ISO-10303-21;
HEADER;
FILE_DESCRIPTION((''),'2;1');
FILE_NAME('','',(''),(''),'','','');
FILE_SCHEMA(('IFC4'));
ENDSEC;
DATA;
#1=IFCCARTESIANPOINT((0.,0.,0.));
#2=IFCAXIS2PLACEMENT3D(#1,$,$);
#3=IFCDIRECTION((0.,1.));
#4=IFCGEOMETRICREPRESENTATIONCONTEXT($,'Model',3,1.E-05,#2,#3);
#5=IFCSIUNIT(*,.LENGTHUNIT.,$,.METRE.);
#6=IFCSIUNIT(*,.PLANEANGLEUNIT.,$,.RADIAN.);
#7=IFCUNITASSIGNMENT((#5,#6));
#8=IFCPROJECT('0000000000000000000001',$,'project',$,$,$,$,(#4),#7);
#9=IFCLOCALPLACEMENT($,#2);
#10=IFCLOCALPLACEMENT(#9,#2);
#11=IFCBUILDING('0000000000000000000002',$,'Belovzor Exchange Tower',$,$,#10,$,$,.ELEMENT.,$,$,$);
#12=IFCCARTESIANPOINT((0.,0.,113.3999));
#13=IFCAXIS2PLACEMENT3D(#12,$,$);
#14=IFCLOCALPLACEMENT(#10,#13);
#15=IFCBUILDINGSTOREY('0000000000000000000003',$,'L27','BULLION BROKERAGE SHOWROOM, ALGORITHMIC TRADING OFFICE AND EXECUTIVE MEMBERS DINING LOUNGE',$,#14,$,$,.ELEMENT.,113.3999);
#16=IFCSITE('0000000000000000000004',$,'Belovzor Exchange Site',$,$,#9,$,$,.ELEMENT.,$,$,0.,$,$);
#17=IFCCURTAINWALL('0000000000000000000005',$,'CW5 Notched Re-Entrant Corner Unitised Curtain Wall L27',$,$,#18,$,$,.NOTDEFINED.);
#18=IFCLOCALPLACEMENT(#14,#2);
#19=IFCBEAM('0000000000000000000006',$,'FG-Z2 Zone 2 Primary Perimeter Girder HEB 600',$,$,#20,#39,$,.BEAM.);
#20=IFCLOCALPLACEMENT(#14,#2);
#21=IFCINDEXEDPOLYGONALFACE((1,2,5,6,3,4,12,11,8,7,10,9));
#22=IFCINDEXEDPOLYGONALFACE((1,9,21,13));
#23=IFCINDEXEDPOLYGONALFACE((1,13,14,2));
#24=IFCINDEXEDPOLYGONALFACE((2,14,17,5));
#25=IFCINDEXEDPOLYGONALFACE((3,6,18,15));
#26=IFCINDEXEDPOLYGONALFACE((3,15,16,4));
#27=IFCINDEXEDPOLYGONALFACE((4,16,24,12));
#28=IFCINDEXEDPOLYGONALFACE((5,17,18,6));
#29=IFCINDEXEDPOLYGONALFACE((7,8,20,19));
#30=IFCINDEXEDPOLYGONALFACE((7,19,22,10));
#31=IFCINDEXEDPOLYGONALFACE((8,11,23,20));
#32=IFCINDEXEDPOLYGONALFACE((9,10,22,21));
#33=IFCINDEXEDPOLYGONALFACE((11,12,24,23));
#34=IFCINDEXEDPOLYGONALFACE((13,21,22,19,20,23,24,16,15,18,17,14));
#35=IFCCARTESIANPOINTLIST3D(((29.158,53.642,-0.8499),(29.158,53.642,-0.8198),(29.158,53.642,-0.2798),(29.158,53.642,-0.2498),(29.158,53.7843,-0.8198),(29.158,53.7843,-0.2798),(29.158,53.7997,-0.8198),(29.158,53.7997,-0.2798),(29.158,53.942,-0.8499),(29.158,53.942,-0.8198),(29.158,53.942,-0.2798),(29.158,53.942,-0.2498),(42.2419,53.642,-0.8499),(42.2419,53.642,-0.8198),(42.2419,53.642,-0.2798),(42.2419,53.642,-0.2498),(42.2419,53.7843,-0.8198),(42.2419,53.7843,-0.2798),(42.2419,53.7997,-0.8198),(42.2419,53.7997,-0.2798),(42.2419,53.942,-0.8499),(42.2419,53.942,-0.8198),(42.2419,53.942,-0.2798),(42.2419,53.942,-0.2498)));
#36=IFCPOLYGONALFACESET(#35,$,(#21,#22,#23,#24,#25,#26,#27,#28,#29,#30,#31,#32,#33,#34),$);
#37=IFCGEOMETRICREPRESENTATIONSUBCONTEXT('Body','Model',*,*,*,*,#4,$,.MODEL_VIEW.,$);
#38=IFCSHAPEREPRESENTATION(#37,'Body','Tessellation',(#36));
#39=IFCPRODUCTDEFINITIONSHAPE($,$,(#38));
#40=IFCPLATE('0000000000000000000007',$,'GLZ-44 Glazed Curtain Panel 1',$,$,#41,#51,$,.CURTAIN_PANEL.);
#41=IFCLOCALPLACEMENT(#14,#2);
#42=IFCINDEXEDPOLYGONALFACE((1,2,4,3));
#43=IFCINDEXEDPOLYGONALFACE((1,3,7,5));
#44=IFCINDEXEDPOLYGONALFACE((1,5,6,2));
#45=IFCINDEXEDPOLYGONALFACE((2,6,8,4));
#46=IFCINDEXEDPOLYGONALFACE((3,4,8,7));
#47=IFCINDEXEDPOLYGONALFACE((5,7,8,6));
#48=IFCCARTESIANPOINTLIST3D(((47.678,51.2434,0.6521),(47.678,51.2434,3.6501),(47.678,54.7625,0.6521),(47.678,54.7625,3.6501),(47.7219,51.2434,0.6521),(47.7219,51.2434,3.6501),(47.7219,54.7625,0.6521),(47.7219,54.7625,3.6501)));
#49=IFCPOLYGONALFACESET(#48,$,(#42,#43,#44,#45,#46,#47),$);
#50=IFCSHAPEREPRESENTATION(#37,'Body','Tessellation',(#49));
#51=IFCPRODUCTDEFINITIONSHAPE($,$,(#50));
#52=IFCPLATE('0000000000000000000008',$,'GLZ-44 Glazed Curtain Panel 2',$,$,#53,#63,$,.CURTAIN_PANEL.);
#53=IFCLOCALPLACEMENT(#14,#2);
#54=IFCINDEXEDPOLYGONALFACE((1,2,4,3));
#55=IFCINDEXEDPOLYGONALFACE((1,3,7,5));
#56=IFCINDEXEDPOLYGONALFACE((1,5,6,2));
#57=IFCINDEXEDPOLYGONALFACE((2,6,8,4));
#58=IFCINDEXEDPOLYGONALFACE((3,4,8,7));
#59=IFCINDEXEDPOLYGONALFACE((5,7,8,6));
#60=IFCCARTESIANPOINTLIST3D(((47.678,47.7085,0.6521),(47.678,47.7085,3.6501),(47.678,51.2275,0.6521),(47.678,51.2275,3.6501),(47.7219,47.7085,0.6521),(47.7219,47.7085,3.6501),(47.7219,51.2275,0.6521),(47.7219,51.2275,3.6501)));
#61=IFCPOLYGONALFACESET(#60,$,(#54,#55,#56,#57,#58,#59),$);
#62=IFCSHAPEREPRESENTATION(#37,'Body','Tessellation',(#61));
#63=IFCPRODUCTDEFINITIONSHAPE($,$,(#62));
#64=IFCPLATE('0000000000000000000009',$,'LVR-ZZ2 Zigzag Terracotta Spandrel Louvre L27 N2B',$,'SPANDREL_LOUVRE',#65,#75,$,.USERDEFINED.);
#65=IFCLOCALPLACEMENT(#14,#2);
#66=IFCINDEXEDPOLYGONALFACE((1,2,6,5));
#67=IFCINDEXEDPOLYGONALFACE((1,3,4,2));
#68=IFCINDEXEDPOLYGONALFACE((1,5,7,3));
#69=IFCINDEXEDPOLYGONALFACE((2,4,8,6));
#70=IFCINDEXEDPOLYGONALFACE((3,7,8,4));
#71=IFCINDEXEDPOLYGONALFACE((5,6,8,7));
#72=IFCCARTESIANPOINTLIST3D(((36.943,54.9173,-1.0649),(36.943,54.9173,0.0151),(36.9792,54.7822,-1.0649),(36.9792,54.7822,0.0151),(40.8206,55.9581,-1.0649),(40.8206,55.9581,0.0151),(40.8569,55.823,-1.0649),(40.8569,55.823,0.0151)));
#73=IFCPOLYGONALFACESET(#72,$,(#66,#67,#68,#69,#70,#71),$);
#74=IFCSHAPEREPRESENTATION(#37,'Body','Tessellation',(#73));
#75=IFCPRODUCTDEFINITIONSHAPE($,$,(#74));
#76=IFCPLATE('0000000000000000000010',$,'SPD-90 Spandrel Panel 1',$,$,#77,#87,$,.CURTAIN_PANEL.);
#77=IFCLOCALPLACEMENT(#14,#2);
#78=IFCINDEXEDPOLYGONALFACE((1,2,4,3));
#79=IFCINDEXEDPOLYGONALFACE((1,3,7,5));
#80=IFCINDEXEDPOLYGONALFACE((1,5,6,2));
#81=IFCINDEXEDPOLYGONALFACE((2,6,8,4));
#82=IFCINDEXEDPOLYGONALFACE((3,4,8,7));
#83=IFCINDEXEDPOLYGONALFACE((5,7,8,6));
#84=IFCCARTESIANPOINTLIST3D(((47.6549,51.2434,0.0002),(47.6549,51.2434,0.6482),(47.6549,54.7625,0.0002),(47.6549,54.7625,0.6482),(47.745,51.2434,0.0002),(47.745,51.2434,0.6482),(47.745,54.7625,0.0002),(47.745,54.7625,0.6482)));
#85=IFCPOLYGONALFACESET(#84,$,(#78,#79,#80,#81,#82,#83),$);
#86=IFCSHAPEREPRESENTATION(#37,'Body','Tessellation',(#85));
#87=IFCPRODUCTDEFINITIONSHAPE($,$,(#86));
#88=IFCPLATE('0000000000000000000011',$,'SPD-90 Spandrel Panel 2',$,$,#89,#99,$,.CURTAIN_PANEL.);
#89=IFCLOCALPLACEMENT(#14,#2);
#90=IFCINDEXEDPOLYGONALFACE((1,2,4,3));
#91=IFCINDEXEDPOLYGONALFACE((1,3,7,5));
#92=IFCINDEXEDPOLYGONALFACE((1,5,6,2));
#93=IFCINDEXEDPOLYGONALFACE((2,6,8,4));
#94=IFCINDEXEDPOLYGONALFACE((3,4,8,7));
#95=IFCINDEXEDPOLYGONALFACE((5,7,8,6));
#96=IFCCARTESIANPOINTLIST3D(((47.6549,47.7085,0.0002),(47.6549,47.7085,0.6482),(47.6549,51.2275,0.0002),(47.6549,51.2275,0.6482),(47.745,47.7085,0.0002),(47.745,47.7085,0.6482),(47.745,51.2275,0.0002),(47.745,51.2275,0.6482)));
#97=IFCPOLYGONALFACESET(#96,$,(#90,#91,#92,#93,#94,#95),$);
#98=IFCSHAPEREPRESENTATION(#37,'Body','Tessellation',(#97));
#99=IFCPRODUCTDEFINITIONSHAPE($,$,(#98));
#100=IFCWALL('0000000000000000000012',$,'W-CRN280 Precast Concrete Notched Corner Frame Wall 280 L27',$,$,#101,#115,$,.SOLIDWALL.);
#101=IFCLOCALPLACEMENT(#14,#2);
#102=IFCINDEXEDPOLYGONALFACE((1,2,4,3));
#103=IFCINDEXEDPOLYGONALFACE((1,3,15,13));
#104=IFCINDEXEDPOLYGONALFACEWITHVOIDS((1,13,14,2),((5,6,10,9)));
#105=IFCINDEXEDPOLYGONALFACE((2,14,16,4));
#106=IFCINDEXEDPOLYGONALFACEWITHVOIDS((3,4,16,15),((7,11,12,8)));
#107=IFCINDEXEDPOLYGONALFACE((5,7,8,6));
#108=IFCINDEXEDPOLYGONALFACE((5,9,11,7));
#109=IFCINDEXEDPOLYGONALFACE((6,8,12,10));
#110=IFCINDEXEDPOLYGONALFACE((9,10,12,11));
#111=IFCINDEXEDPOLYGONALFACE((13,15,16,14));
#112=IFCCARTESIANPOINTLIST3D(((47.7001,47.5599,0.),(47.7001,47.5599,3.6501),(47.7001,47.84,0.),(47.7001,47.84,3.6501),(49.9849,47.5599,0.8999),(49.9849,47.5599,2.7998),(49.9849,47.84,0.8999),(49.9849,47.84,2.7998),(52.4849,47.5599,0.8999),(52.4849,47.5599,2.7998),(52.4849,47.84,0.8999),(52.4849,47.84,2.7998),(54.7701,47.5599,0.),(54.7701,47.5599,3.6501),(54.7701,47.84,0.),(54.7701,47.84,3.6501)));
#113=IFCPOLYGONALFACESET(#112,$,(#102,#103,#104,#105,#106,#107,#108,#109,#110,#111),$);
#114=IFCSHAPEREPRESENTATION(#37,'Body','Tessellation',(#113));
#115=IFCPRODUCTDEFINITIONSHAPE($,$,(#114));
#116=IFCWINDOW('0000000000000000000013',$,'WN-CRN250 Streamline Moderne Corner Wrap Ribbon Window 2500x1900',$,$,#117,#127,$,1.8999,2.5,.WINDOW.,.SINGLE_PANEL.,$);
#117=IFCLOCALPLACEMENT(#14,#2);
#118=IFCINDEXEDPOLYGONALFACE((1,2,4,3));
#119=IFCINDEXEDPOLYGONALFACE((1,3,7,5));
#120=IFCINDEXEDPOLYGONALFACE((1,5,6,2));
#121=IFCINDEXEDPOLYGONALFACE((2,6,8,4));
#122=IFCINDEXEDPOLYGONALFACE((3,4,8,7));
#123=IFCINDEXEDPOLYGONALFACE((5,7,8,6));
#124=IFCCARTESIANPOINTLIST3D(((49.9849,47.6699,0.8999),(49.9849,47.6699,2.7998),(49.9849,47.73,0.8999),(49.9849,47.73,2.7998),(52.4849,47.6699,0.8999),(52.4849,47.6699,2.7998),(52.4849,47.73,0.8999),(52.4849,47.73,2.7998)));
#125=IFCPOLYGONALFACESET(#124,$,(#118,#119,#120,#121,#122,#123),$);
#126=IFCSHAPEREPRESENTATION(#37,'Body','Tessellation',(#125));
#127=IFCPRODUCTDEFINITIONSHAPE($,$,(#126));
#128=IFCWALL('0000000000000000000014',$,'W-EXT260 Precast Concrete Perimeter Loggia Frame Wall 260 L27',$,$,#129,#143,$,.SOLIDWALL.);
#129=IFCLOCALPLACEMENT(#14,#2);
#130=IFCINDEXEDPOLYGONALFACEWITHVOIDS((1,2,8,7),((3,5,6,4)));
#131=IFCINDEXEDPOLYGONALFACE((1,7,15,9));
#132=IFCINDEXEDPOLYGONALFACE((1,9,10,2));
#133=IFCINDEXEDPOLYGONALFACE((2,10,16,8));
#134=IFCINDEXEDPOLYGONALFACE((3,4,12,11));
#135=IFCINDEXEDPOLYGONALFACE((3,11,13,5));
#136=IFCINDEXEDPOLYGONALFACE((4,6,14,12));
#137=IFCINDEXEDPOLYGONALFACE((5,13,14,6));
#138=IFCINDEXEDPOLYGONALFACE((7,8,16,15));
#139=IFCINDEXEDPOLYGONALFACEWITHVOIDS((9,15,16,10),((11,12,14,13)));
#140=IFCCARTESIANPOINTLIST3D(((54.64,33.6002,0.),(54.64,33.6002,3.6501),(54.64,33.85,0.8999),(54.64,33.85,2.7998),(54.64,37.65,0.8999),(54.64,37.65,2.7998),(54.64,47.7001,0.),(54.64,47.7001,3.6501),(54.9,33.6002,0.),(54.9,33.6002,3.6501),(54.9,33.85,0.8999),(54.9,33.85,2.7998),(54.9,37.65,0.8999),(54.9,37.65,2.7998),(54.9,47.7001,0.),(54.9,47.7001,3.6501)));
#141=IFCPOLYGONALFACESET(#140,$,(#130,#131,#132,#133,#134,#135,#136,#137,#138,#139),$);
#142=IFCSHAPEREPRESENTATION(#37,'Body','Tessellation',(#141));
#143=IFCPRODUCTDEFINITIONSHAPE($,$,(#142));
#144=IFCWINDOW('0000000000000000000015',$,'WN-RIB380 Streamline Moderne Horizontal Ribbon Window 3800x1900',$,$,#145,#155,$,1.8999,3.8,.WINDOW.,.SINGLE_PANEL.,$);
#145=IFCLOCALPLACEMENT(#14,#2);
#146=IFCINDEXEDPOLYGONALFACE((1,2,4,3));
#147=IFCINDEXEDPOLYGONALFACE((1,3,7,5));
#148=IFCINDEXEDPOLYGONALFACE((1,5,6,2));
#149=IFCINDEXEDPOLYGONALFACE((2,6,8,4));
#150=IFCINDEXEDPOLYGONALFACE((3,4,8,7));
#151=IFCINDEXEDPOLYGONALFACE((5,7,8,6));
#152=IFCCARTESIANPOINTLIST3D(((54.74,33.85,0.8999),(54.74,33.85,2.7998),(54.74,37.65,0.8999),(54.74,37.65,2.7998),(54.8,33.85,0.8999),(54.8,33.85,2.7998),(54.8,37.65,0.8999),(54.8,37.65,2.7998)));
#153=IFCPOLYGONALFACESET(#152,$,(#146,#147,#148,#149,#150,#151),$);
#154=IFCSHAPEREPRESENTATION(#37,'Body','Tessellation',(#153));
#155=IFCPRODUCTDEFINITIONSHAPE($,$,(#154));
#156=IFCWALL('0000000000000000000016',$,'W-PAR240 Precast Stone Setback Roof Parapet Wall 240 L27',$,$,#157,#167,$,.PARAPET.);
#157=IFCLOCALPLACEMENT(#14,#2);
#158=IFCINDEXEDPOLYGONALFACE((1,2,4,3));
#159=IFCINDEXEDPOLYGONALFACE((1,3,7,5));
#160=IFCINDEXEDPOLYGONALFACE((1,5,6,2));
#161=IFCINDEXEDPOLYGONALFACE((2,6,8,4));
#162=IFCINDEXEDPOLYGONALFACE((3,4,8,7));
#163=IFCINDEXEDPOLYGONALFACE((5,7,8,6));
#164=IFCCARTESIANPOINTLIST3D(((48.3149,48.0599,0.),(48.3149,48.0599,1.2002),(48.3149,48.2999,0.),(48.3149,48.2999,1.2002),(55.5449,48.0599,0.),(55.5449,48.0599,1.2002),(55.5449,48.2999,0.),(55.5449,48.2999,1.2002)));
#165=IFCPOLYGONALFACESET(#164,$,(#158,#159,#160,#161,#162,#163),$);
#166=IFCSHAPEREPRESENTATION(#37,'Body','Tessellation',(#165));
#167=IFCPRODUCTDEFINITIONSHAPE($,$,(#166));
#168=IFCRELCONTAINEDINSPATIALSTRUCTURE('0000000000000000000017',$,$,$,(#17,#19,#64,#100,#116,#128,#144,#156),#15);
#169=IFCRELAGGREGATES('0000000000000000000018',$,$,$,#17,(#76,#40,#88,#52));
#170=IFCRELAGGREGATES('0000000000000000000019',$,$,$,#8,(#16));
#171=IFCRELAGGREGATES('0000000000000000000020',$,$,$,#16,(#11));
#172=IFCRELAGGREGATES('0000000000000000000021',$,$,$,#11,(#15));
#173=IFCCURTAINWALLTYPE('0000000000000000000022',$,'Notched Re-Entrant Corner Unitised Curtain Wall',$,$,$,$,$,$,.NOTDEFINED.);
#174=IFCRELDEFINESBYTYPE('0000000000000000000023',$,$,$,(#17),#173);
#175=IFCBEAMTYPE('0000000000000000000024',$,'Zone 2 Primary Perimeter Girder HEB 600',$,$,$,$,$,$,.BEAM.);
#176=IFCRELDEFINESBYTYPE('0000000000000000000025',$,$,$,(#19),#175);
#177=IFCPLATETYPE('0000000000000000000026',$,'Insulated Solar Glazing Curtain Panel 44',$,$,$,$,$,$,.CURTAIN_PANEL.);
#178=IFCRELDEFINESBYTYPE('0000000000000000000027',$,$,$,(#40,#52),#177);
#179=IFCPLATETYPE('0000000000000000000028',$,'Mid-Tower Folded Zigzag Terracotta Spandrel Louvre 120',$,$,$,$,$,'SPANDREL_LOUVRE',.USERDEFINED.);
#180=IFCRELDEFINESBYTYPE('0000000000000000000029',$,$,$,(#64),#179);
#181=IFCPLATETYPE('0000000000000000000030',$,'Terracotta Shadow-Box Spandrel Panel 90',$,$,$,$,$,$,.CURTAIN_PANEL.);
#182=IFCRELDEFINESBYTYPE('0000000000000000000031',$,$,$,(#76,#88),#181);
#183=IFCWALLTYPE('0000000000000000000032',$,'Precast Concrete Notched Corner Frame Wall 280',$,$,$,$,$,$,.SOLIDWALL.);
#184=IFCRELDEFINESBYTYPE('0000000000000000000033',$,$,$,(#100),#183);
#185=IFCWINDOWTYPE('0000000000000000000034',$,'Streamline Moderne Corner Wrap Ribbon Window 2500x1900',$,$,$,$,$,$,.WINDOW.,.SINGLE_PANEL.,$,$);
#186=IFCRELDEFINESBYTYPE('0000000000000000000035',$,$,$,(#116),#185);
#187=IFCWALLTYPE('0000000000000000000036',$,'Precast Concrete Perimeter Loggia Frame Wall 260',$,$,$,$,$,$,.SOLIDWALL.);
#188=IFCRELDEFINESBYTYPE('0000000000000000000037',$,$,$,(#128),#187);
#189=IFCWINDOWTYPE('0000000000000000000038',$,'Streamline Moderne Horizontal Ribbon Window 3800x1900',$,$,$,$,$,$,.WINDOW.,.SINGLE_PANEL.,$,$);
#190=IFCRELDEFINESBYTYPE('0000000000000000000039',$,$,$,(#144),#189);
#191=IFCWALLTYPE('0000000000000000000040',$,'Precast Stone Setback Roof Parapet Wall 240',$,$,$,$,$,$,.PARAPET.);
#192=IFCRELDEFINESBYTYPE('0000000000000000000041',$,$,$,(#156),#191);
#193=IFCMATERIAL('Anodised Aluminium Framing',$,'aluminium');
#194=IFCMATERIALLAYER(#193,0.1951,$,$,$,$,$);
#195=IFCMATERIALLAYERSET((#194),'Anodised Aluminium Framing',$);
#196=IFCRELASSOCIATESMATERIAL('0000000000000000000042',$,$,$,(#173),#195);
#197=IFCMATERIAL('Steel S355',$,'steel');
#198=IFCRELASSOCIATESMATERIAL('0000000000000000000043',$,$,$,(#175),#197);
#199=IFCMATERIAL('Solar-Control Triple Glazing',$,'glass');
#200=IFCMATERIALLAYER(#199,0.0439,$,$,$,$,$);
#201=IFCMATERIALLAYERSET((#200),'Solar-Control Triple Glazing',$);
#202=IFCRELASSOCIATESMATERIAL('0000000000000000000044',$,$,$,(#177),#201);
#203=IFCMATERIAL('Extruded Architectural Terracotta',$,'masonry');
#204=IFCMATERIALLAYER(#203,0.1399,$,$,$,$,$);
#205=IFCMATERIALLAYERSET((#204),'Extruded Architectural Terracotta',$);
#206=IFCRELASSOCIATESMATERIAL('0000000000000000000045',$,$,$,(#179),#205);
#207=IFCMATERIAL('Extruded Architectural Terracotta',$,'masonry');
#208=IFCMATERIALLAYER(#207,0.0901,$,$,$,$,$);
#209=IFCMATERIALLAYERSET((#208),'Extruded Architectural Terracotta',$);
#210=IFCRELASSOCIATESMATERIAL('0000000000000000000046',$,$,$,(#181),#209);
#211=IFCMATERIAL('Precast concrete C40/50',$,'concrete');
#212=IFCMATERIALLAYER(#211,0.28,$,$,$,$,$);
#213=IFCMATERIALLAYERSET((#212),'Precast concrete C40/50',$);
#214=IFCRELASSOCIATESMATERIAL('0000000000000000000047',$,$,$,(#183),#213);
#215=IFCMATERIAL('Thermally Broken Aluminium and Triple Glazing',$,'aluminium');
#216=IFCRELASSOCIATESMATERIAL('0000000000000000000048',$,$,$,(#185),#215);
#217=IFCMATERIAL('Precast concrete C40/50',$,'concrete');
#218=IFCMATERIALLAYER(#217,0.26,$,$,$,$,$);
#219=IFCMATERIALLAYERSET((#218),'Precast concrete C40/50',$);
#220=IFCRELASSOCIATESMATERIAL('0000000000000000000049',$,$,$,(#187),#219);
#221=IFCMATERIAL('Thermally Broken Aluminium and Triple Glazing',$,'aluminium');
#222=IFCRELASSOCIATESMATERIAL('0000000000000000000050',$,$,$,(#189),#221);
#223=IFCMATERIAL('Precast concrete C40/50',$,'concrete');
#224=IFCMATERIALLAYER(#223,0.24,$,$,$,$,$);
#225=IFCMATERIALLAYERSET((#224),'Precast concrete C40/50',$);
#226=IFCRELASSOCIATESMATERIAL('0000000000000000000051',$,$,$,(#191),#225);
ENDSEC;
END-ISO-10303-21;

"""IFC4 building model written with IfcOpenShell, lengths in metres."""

from ifc_helpers import new_model, si_unit, direction, frame, frame_2d, origin, origin_2d, place, context, subcontext, project, spatial, rectangle, i_section, extrude, material, layer, layer_set, material_profile, profile_set, type_object, element, fill, aggregate, save


model = new_model("IFC4")

# Units and contexts
model_context = context("Model", 3, precision=1e-05, world=origin(), true_north=direction((0.0, 1.0)))
body_context = subcontext(model_context, "Body", "Model", "MODEL_VIEW")
ifc_project = project(units=[si_unit("LENGTHUNIT", "METRE"), si_unit("PLANEANGLEUNIT", "RADIAN")], contexts=[model_context])

# Site, building, storey
site_placement = place(None, origin())
site = spatial("IfcSite", under=ifc_project, at=site_placement, Name="Belovzor Exchange Site", CompositionType="ELEMENT", RefElevation=0.0)
building_placement = place(site_placement, origin())
building = spatial("IfcBuilding", under=site, at=building_placement, Name="Belovzor Exchange Tower", CompositionType="ELEMENT")
storey_placement = place(building_placement, frame((0.0, 0.0, 113.3999)))
storey = spatial("IfcBuildingStorey", under=building, at=storey_placement, Name="L27", Description="BULLION BROKERAGE SHOWROOM, ALGORITHMIC TRADING OFFICE AND EXECUTIVE MEMBERS DINING LOUNGE", CompositionType="ELEMENT", Elevation=113.3999)

# Curtain wall
ifc_material_1 = material(Name="Anodised Aluminium Framing", Category="aluminium")
ifc_layer_1 = layer(ifc_material_1, 0.1951)
ifc_layer_set_1 = layer_set([ifc_layer_1], Name="Anodised Aluminium Framing")
curtain_wall_type = type_object("IfcCurtainWallType", Name="Notched Re-Entrant Corner Unitised Curtain Wall", PredefinedType="NOTDEFINED", material=ifc_layer_set_1)
curtain_wall_placement = place(storey_placement, origin())
curtain_wall = element("IfcCurtainWall", 1, at=curtain_wall_placement, inside=storey, type_object=curtain_wall_type, Name="CW5 Notched Re-Entrant Corner Unitised Curtain Wall L27", PredefinedType="NOTDEFINED")

# Beam
ifc_material_2 = material(Name="Steel S355", Category="steel")
ifc_material_profile_1 = material_profile(ifc_material_2, i_section(OverallWidth=0.3, OverallDepth=0.6001, WebThickness=0.0154, FlangeThickness=0.03, at=origin_2d()))
ifc_profile_set_1 = profile_set([ifc_material_profile_1], Name="Steel S355")
beam_type_1 = type_object("IfcBeamType", Name="Zone 2 Primary Perimeter Girder HEB 600", PredefinedType="BEAM", material=ifc_profile_set_1)
beam_1_placement = place(storey_placement, frame((42.2419, 53.792, -0.5498), z_axis=(-1.0, 0.0, 0.0), x_axis=(0.0, -1.0, 0.0)))
element("IfcBeam", 2, at=beam_1_placement, inside=storey, type_object=beam_type_1, Name="FG-Z2 Zone 2 Primary Perimeter Girder HEB 600", PredefinedType="BEAM", context=body_context, shape_type="SweptSolid", body=[
    extrude(i_section(OverallWidth=0.3, OverallDepth=0.6001, WebThickness=0.0154, FlangeThickness=0.03, at=origin_2d()), origin(), (0.0, 0.0, 1.0), 13.084),
])

# Plates
ifc_material_3 = material(Name="Solar-Control Triple Glazing", Category="glass")
ifc_layer_2 = layer(ifc_material_3, 0.0439)
ifc_layer_set_2 = layer_set([ifc_layer_2], Name="Solar-Control Triple Glazing")
plate_type_1 = type_object("IfcPlateType", Name="Insulated Solar Glazing Curtain Panel 44", PredefinedType="CURTAIN_PANEL", material=ifc_layer_set_2)
plate_1_placement = place(storey_placement, frame((47.7, 53.0029, 0.6521), z_axis=(0.0, 0.0, 1.0), x_axis=(0.0, -1.0, 0.0)))
plate_1 = element("IfcPlate", 3, at=plate_1_placement, type_object=plate_type_1, Name="GLZ-44 Glazed Curtain Panel 1", PredefinedType="CURTAIN_PANEL", context=body_context, shape_type="SweptSolid", body=[
    extrude(rectangle(XDim=3.519, YDim=0.0439, at=origin_2d()), origin(), (0.0, 0.0, 1.0), 2.998),
])
plate_2_placement = place(storey_placement, frame((47.7, 49.468, 0.6521), z_axis=(0.0, 0.0, 1.0), x_axis=(0.0, -1.0, 0.0)))
plate_2 = element("IfcPlate", 4, at=plate_2_placement, type_object=plate_type_1, Name="GLZ-44 Glazed Curtain Panel 2", PredefinedType="CURTAIN_PANEL", context=body_context, shape_type="SweptSolid", body=[
    extrude(rectangle(XDim=3.519, YDim=0.0439, at=origin_2d()), origin(), (0.0, 0.0, 1.0), 2.998),
])
ifc_material_4 = material(Name="Extruded Architectural Terracotta", Category="masonry")
ifc_layer_3 = layer(ifc_material_4, 0.1399)
ifc_layer_set_3 = layer_set([ifc_layer_3], Name="Extruded Architectural Terracotta")
plate_type_2 = type_object("IfcPlateType", Name="Mid-Tower Folded Zigzag Terracotta Spandrel Louvre 120", ElementType="SPANDREL_LOUVRE", PredefinedType="USERDEFINED", material=ifc_layer_set_3)
plate_3_placement = place(storey_placement, frame((38.8999, 55.3701, -1.0649), z_axis=(0.0, 0.0, 1.0), x_axis=(0.965813, 0.25924, 0.0)))
element("IfcPlate", 5, at=plate_3_placement, inside=storey, type_object=plate_type_2, Name="LVR-ZZ2 Zigzag Terracotta Spandrel Louvre L27 N2B", ObjectType="SPANDREL_LOUVRE", PredefinedType="USERDEFINED", context=body_context, shape_type="SweptSolid", body=[
    extrude(rectangle(XDim=4.0149, YDim=0.1399, at=origin_2d()), origin(), (0.0, 0.0, 1.0), 1.0801),
])
ifc_material_5 = material(Name="Extruded Architectural Terracotta", Category="masonry")
ifc_layer_4 = layer(ifc_material_5, 0.0901)
ifc_layer_set_4 = layer_set([ifc_layer_4], Name="Extruded Architectural Terracotta")
plate_type_3 = type_object("IfcPlateType", Name="Terracotta Shadow-Box Spandrel Panel 90", PredefinedType="CURTAIN_PANEL", material=ifc_layer_set_4)
plate_4_placement = place(storey_placement, frame((47.7, 53.0029, 0.0002), z_axis=(0.0, 0.0, 1.0), x_axis=(0.0, -1.0, 0.0)))
plate_4 = element("IfcPlate", 6, at=plate_4_placement, type_object=plate_type_3, Name="SPD-90 Spandrel Panel 1", PredefinedType="CURTAIN_PANEL", context=body_context, shape_type="SweptSolid", body=[
    extrude(rectangle(XDim=3.519, YDim=0.0901, at=origin_2d()), origin(), (0.0, 0.0, 1.0), 0.6479),
])
plate_5_placement = place(storey_placement, frame((47.7, 49.468, 0.0002), z_axis=(0.0, 0.0, 1.0), x_axis=(0.0, -1.0, 0.0)))
plate_5 = element("IfcPlate", 7, at=plate_5_placement, type_object=plate_type_3, Name="SPD-90 Spandrel Panel 2", PredefinedType="CURTAIN_PANEL", context=body_context, shape_type="SweptSolid", body=[
    extrude(rectangle(XDim=3.519, YDim=0.0901, at=origin_2d()), origin(), (0.0, 0.0, 1.0), 0.6479),
])
aggregate(curtain_wall, [plate_4, plate_1, plate_5, plate_2])

# Walls, openings, windows
ifc_material_6 = material(Name="Precast concrete C40/50", Category="concrete")
ifc_layer_5 = layer(ifc_material_6, 0.28)
ifc_layer_set_5 = layer_set([ifc_layer_5], Name="Precast concrete C40/50")
wall_type_1 = type_object("IfcWallType", Name="Precast Concrete Notched Corner Frame Wall 280", PredefinedType="SOLIDWALL", material=ifc_layer_set_5)
wall_1_placement = place(storey_placement, frame((47.7, 47.7, 0.0), z_axis=(0.0, 0.0, 1.0), x_axis=(1.0, 0.0, 0.0)))
wall_1 = element("IfcWall", 8, at=wall_1_placement, inside=storey, type_object=wall_type_1, Name="W-CRN280 Precast Concrete Notched Corner Frame Wall 280 L27", PredefinedType="SOLIDWALL", context=body_context, shape_type="SweptSolid", body=[
    extrude(rectangle(XDim=7.0701, YDim=0.28, at=frame_2d((3.5352, 0.0))), origin(), (0.0, 0.0, 1.0), 3.6501),
])
opening_1_placement = place(wall_1_placement, frame((2.2849, 0.0, 0.8999)))
opening_1 = element("IfcOpeningElement", 9, at=opening_1_placement, cuts=wall_1, PredefinedType="OPENING", context=body_context, shape_type="SweptSolid", body=[
    extrude(rectangle(XDim=2.5, YDim=1.8999, at=frame_2d((1.25, 0.95))), frame((0.0, 0.1499, 0.0), z_axis=(0.0, -1.0, 0.0), x_axis=(1.0, 0.0, 0.0)), (0.0, 0.0, 1.0), 0.3),
])
ifc_material_7 = material(Name="Thermally Broken Aluminium and Triple Glazing", Category="aluminium")
window_type_1 = type_object("IfcWindowType", Name="Streamline Moderne Corner Wrap Ribbon Window 2500x1900", PartitioningType="SINGLE_PANEL", PredefinedType="WINDOW", material=ifc_material_7)
window_1_placement = place(opening_1_placement, origin())
window_1 = element("IfcWindow", 10, at=window_1_placement, inside=storey, type_object=window_type_1, Name="WN-CRN250 Streamline Moderne Corner Wrap Ribbon Window 2500x1900", OverallHeight=1.8999, OverallWidth=2.5, PartitioningType="SINGLE_PANEL", PredefinedType="WINDOW", context=body_context, shape_type="SweptSolid", body=[
    extrude(rectangle(XDim=2.5, YDim=1.8999, at=frame_2d((1.25, 0.95))), frame((0.0, 0.03, 0.0), z_axis=(0.0, -1.0, 0.0), x_axis=(1.0, 0.0, 0.0)), (0.0, 0.0, 1.0), 0.0601),
])
fill(opening_1, window_1)
ifc_material_8 = material(Name="Precast concrete C40/50", Category="concrete")
ifc_layer_6 = layer(ifc_material_8, 0.26)
ifc_layer_set_6 = layer_set([ifc_layer_6], Name="Precast concrete C40/50")
wall_type_2 = type_object("IfcWallType", Name="Precast Concrete Perimeter Loggia Frame Wall 260", PredefinedType="SOLIDWALL", material=ifc_layer_set_6)
wall_2_placement = place(storey_placement, frame((54.77, 47.7, 0.0), z_axis=(0.0, 0.0, 1.0), x_axis=(0.0, -1.0, 0.0)))
wall_2 = element("IfcWall", 11, at=wall_2_placement, inside=storey, type_object=wall_type_2, Name="W-EXT260 Precast Concrete Perimeter Loggia Frame Wall 260 L27", PredefinedType="SOLIDWALL", context=body_context, shape_type="SweptSolid", body=[
    extrude(rectangle(XDim=14.0999, YDim=0.26, at=frame_2d((7.0498, 0.0))), origin(), (0.0, 0.0, 1.0), 3.6501),
])
opening_2_placement = place(wall_2_placement, frame((10.05, 0.0, 0.8999)))
opening_2 = element("IfcOpeningElement", 12, at=opening_2_placement, cuts=wall_2, PredefinedType="OPENING", context=body_context, shape_type="SweptSolid", body=[
    extrude(rectangle(XDim=3.8, YDim=1.8999, at=frame_2d((1.8999, 0.95))), frame((0.0, 0.1399, 0.0), z_axis=(0.0, -1.0, 0.0), x_axis=(1.0, 0.0, 0.0)), (0.0, 0.0, 1.0), 0.28),
])
ifc_material_9 = material(Name="Thermally Broken Aluminium and Triple Glazing", Category="aluminium")
window_type_2 = type_object("IfcWindowType", Name="Streamline Moderne Horizontal Ribbon Window 3800x1900", PartitioningType="SINGLE_PANEL", PredefinedType="WINDOW", material=ifc_material_9)
window_2_placement = place(opening_2_placement, origin())
window_2 = element("IfcWindow", 13, at=window_2_placement, inside=storey, type_object=window_type_2, Name="WN-RIB380 Streamline Moderne Horizontal Ribbon Window 3800x1900", OverallHeight=1.8999, OverallWidth=3.8, PartitioningType="SINGLE_PANEL", PredefinedType="WINDOW", context=body_context, shape_type="SweptSolid", body=[
    extrude(rectangle(XDim=3.8, YDim=1.8999, at=frame_2d((1.8999, 0.95))), frame((0.0, 0.03, 0.0), z_axis=(0.0, -1.0, 0.0), x_axis=(1.0, 0.0, 0.0)), (0.0, 0.0, 1.0), 0.0601),
])
fill(opening_2, window_2)

# Wall
ifc_material_10 = material(Name="Precast concrete C40/50", Category="concrete")
ifc_layer_7 = layer(ifc_material_10, 0.24)
ifc_layer_set_7 = layer_set([ifc_layer_7], Name="Precast concrete C40/50")
wall_type_3 = type_object("IfcWallType", Name="Precast Stone Setback Roof Parapet Wall 240", PredefinedType="PARAPET", material=ifc_layer_set_7)
for number, where, z_axis, x_axis, name in (
    (14, (55.5449, 48.1799, 0.0), (0.0, 0.0, 1.0), (-1.0, 0.0, 0.0), "W-PAR240 Precast Stone Setback Roof Parapet Wall 240 L27"),
):
    element("IfcWall", number, at=place(storey_placement, frame(where, z_axis=z_axis, x_axis=x_axis)), inside=storey, type_object=wall_type_3, Name=name, PredefinedType="PARAPET", context=body_context, shape_type="SweptSolid", body=[
        extrude(rectangle(XDim=7.23, YDim=0.24, at=frame_2d((3.615, 0.0))), origin(), (0.0, 0.0, 1.0), 1.2002),
    ])

save(model, "model.ifc")
